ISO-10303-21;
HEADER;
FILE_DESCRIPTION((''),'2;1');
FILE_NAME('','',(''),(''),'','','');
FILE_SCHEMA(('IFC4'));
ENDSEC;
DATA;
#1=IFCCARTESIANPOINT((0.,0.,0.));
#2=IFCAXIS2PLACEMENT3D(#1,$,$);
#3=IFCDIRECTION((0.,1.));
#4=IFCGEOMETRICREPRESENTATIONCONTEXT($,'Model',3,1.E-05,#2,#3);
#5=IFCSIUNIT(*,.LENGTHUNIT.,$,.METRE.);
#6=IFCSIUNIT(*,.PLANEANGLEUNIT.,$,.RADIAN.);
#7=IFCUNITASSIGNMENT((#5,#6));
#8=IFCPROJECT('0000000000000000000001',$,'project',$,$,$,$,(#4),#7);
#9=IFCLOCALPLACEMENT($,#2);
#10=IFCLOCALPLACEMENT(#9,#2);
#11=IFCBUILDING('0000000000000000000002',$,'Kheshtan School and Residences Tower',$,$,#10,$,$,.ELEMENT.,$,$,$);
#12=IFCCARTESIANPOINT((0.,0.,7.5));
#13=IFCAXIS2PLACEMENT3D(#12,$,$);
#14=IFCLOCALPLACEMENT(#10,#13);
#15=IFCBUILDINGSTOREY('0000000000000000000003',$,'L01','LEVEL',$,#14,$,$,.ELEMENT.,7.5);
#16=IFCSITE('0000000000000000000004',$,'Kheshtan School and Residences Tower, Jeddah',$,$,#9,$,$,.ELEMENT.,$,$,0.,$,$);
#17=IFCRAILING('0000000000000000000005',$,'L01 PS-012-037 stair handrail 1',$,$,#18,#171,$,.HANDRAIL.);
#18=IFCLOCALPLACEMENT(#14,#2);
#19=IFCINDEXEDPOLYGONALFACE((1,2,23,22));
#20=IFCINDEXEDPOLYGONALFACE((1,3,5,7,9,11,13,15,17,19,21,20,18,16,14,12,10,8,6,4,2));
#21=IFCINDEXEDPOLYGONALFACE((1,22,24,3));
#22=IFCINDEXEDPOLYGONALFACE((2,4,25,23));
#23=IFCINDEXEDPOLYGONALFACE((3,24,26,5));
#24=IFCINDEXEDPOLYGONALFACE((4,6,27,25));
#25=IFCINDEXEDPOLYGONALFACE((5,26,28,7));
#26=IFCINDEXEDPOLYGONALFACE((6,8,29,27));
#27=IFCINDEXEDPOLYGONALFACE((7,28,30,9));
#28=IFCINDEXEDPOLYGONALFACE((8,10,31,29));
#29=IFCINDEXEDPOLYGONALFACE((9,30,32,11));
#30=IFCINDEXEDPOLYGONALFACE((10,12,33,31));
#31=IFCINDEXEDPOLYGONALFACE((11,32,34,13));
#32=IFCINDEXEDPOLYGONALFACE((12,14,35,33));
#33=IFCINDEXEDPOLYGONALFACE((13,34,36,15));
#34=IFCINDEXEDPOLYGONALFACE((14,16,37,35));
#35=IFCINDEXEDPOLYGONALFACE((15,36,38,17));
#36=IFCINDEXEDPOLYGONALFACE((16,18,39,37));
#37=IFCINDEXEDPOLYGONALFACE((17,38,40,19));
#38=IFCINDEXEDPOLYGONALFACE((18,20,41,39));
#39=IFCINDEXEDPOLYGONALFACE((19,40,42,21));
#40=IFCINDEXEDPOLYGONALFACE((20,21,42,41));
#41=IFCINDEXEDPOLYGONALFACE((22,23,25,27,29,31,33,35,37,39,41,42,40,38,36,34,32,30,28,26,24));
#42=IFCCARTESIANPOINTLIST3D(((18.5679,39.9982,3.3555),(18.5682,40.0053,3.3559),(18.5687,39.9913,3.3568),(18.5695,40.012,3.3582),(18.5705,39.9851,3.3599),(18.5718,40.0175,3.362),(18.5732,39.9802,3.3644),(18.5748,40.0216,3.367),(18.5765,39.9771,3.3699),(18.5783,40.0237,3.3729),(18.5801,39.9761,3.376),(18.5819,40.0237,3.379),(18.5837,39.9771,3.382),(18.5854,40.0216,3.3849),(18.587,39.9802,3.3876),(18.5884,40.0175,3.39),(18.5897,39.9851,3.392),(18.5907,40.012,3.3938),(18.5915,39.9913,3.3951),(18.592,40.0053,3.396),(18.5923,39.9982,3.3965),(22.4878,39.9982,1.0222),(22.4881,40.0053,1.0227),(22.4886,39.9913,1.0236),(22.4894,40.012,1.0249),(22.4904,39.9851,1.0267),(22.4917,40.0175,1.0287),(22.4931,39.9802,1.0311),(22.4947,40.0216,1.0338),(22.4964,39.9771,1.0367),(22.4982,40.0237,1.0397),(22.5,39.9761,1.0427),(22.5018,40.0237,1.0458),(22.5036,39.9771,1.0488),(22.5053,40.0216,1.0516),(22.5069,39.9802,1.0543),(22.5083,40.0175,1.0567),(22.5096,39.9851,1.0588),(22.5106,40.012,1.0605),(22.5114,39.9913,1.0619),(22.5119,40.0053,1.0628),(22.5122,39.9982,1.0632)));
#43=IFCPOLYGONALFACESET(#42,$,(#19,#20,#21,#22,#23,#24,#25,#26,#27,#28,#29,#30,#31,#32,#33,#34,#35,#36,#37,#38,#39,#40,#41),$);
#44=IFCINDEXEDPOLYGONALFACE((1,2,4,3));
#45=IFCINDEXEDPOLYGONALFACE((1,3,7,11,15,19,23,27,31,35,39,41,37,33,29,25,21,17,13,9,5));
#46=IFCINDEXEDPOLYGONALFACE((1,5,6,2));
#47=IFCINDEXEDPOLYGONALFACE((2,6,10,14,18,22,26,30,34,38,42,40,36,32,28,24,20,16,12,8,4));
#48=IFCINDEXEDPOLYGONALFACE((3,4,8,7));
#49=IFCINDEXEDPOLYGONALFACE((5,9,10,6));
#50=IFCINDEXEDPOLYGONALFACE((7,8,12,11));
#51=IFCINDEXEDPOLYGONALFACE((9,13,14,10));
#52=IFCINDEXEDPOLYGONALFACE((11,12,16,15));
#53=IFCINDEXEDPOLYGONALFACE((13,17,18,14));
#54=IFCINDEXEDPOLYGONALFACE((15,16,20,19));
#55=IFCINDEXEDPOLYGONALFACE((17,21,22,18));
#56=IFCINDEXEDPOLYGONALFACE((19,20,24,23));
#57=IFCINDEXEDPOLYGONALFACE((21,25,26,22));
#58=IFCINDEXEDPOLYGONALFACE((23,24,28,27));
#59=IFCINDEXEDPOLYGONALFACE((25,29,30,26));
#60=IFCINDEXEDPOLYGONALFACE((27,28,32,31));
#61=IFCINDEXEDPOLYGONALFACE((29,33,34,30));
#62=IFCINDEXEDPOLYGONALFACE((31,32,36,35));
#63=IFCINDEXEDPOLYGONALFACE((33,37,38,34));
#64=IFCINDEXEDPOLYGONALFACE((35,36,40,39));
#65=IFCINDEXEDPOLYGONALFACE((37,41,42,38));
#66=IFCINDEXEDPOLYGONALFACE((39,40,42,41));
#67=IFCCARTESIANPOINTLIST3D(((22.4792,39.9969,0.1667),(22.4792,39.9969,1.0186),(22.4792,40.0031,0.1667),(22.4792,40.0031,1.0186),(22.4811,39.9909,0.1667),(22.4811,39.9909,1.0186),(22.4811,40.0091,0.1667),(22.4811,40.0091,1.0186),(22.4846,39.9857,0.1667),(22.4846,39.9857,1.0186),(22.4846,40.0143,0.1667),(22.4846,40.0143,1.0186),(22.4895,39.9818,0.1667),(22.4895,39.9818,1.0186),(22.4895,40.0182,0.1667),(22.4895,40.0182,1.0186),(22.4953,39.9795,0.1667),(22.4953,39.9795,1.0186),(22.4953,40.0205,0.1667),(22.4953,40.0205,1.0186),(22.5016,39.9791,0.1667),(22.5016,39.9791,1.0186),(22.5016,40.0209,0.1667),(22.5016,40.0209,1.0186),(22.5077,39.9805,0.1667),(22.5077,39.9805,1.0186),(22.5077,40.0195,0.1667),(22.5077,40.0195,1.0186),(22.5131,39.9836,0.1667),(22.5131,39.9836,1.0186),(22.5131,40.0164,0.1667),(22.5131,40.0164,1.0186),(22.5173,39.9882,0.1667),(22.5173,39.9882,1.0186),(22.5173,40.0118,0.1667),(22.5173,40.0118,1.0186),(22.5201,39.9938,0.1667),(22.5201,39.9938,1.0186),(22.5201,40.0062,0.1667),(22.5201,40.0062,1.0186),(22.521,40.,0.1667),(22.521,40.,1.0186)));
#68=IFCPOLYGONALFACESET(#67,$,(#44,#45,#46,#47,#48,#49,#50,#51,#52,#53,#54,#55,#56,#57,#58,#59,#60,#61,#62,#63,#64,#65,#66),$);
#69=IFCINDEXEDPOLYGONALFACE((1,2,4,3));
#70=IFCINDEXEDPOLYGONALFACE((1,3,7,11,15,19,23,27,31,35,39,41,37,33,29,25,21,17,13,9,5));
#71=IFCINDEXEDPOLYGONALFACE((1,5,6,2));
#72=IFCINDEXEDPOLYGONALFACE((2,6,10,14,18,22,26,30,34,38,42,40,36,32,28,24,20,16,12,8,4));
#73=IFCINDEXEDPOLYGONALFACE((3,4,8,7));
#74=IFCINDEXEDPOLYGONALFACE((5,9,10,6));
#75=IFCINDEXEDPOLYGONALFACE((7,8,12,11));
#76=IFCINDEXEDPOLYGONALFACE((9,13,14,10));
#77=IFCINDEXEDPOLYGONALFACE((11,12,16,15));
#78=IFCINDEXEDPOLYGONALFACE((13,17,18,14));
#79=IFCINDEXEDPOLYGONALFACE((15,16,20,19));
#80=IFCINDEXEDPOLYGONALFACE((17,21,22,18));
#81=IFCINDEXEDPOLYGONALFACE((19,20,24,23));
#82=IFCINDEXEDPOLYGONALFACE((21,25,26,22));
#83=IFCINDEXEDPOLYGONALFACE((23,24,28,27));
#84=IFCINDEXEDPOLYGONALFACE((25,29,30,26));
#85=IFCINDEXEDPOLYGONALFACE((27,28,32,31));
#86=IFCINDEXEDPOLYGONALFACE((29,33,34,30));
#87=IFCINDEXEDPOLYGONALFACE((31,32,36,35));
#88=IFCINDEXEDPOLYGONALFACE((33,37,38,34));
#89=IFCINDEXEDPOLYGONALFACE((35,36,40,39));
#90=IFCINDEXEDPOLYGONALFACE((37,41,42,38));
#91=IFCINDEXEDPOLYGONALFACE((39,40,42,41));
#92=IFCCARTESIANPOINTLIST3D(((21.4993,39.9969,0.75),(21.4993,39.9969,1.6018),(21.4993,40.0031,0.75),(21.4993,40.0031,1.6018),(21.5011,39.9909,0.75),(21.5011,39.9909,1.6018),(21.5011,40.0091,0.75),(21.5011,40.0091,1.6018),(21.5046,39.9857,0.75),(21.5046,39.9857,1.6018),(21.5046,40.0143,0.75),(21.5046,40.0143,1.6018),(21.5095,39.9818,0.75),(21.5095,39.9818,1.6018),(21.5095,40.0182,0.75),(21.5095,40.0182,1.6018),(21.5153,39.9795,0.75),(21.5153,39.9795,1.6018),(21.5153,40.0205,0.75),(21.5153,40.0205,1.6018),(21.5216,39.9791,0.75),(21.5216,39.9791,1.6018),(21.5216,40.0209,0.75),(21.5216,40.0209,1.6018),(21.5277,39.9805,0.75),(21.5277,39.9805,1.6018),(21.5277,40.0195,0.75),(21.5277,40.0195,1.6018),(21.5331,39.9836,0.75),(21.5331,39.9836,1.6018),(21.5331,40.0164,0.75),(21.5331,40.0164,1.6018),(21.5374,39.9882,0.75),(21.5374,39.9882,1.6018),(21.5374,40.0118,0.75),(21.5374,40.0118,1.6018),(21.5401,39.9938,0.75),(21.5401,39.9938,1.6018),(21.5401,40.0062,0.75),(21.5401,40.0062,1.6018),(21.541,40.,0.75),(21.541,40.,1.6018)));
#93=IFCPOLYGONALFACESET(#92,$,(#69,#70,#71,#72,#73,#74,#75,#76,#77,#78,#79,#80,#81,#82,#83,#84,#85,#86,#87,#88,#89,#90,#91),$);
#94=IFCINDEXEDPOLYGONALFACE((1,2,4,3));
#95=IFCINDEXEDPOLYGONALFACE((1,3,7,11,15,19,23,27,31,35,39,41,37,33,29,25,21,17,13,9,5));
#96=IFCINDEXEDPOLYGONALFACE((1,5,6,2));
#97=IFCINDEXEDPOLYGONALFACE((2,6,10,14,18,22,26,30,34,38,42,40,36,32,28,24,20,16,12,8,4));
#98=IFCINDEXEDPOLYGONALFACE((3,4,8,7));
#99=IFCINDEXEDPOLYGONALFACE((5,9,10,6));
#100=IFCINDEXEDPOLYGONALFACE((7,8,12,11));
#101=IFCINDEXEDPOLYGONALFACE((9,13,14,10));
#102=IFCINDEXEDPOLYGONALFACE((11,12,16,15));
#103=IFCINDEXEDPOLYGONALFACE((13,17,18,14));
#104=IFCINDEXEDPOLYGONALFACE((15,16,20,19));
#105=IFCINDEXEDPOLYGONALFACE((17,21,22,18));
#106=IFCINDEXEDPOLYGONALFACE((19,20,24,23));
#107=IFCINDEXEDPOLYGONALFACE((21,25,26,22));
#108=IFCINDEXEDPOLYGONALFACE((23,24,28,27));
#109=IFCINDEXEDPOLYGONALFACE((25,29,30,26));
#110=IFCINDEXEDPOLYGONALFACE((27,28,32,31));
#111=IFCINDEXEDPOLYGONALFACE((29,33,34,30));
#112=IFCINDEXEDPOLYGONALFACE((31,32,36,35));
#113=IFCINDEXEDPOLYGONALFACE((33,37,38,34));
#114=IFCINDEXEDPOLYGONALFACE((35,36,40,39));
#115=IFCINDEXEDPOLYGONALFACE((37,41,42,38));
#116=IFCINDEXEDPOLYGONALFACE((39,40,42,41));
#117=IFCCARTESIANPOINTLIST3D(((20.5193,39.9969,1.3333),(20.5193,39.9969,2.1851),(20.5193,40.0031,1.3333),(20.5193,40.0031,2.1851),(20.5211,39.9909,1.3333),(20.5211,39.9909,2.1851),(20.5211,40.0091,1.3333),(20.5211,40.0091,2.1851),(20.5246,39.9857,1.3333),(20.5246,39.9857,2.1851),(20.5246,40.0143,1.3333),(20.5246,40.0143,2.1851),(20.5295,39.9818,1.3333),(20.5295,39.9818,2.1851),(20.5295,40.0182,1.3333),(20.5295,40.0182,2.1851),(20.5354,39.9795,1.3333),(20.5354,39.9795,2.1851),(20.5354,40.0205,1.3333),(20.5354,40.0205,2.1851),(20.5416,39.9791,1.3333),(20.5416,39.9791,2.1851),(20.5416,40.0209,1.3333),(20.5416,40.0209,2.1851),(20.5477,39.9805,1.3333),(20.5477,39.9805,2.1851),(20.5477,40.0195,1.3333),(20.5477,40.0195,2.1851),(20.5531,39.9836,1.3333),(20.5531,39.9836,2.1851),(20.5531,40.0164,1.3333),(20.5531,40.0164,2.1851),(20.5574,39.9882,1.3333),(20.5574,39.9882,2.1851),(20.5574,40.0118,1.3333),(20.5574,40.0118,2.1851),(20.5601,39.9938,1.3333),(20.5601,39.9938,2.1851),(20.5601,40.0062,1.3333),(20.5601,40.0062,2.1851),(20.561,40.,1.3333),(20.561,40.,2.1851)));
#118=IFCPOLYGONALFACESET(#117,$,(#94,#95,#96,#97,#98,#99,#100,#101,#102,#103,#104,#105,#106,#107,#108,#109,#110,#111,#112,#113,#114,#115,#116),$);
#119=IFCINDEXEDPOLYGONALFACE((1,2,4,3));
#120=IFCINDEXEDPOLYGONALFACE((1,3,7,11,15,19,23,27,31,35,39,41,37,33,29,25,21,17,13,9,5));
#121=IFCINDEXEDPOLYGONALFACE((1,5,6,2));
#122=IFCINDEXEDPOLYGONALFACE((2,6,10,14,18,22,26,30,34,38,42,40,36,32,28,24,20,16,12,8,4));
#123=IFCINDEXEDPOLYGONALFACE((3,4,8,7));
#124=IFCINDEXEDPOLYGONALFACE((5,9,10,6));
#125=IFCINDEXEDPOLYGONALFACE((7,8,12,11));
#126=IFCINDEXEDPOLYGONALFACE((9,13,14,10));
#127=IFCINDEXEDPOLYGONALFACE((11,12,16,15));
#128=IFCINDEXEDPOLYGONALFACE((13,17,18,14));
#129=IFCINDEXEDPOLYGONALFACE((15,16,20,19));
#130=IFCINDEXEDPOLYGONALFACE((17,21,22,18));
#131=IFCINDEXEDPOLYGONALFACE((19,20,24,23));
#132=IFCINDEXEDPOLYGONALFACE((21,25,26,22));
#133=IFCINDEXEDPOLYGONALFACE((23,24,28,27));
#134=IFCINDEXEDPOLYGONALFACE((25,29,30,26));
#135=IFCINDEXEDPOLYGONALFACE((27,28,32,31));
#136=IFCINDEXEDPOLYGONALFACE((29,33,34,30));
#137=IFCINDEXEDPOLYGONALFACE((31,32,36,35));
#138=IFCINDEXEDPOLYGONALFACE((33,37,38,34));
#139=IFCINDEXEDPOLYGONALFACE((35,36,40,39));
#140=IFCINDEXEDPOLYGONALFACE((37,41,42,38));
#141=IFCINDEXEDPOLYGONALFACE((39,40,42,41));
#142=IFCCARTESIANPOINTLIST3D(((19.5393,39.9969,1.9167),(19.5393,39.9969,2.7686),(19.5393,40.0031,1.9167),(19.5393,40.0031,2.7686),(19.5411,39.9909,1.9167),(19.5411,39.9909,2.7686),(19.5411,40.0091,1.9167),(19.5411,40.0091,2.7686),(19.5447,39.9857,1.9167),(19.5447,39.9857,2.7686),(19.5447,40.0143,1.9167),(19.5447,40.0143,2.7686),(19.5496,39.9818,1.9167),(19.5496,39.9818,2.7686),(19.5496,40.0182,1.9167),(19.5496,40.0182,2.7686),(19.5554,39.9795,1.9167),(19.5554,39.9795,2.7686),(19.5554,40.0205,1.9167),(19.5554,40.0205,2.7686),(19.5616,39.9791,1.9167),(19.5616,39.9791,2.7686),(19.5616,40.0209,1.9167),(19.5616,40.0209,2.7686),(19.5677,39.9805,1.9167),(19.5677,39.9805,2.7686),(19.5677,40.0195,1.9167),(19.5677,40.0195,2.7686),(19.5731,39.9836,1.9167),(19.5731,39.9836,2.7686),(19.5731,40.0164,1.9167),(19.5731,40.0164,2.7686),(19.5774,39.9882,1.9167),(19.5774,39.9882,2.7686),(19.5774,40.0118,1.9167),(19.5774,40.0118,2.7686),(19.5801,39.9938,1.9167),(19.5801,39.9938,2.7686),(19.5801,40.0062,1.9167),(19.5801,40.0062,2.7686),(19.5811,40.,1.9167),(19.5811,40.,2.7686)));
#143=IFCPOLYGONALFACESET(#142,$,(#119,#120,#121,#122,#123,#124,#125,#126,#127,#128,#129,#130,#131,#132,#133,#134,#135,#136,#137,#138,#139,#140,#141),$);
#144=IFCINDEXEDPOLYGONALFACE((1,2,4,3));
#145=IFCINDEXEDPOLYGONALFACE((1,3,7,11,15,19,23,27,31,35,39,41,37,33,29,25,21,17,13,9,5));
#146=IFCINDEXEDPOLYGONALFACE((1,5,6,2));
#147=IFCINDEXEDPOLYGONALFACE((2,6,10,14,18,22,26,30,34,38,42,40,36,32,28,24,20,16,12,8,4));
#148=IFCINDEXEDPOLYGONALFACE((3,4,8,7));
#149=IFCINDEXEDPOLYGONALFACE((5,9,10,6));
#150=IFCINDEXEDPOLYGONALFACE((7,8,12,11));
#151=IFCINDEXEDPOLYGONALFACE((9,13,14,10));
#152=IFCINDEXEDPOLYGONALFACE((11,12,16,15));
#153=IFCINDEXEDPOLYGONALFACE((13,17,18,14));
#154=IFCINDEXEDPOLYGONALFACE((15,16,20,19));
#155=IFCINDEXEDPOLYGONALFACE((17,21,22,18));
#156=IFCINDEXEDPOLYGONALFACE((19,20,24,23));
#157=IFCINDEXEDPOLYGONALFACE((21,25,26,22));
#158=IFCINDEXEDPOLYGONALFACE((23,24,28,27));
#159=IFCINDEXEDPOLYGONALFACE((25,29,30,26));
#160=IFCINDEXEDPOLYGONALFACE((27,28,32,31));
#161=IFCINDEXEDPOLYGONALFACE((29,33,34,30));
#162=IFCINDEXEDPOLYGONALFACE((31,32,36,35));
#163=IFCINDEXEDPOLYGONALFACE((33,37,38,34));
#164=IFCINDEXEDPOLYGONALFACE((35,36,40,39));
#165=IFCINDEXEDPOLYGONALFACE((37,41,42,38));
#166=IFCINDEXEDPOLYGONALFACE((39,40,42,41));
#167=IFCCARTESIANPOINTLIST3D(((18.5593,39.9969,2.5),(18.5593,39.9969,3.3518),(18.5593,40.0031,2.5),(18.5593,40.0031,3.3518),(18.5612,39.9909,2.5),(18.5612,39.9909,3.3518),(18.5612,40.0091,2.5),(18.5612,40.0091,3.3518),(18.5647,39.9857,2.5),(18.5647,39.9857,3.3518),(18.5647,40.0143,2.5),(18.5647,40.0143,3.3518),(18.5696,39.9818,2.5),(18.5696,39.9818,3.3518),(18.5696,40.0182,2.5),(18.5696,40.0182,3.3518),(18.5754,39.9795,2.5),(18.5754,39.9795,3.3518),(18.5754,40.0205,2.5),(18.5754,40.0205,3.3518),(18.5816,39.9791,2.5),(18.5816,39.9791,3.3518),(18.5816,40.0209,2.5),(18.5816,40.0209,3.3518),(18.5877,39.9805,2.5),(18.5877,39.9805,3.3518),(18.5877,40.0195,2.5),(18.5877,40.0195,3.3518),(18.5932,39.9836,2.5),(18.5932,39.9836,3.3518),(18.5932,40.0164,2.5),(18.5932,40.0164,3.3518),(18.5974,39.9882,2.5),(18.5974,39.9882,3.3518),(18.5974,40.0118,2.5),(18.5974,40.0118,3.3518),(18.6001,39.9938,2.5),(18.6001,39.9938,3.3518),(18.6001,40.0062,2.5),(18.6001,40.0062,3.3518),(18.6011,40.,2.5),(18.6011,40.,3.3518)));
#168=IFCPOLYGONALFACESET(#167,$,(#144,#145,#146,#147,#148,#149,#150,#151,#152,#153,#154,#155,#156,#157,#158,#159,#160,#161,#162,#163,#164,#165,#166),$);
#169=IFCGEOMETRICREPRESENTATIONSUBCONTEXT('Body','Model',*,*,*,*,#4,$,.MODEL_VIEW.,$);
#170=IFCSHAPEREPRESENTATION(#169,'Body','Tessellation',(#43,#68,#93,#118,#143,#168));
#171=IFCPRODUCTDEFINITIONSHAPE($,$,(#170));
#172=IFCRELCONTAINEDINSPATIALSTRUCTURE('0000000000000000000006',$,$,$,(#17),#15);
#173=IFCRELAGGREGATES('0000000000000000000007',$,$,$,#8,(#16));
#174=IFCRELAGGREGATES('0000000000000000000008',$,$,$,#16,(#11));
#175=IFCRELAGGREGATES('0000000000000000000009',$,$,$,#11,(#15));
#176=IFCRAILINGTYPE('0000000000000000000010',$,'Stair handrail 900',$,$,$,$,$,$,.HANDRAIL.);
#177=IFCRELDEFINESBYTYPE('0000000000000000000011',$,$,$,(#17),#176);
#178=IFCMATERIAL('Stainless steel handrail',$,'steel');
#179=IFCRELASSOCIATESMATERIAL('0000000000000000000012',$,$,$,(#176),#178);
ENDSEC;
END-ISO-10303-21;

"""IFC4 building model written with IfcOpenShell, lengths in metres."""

from ifc_helpers import new_model, si_unit, direction, frame, origin, origin_2d, place, context, subcontext, project, spatial, circle, extrude, material, type_object, element, save


model = new_model("IFC4")

# Units and contexts
model_context = context("Model", 3, precision=1e-05, world=origin(), true_north=direction((0.0, 1.0)))
body_context = subcontext(model_context, "Body", "Model", "MODEL_VIEW")
ifc_project = project(units=[si_unit("LENGTHUNIT", "METRE"), si_unit("PLANEANGLEUNIT", "RADIAN")], contexts=[model_context])

# Site, building, storey
site_placement = place(None, origin())
site = spatial("IfcSite", under=ifc_project, at=site_placement, Name="Kheshtan School and Residences Tower, Jeddah", CompositionType="ELEMENT", RefElevation=0.0)
building_placement = place(site_placement, origin())
building = spatial("IfcBuilding", under=site, at=building_placement, Name="Kheshtan School and Residences Tower", CompositionType="ELEMENT")
storey_placement = place(building_placement, frame((0.0, 0.0, 7.5)))
storey = spatial("IfcBuildingStorey", under=building, at=storey_placement, Name="L01", Description="LEVEL", CompositionType="ELEMENT", Elevation=7.5)

# Railing
ifc_material_1 = material(Name="Stainless steel handrail", Category="steel")
railing_type_1 = type_object("IfcRailingType", Name="Stair handrail 900", PredefinedType="HANDRAIL", material=ifc_material_1)
railing_1_placement = place(storey_placement, frame((22.5, 40.0, 0.1667)))
element("IfcRailing", 1, at=railing_1_placement, inside=storey, type_object=railing_type_1, Name="L01 PS-012-037 stair handrail 1", PredefinedType="HANDRAIL", context=body_context, shape_type="SweptSolid", body=[
    extrude(circle(Radius=0.0239, at=origin_2d()), frame((0.0, 0.0, 0.876), z_axis=(-0.859296, 0.0, 0.511478), x_axis=(0.0, -1.0, 0.0)), (0.0, 0.0, 1.0), 4.5618),
    extrude(circle(Radius=0.021, at=origin_2d()), origin(), (0.0, 0.0, 1.0), 0.8518),
    extrude(circle(Radius=0.021, at=origin_2d()), frame((-0.98, 0.0, 0.5833)), (0.0, 0.0, 1.0), 0.8518),
    extrude(circle(Radius=0.021, at=origin_2d()), frame((-1.96, 0.0, 1.1665)), (0.0, 0.0, 1.0), 0.8518),
    extrude(circle(Radius=0.021, at=origin_2d()), frame((-2.9399, 0.0, 1.75)), (0.0, 0.0, 1.0), 0.8518),
    extrude(circle(Radius=0.021, at=origin_2d()), frame((-3.9199, 0.0, 2.3333)), (0.0, 0.0, 1.0), 0.8518),
])

save(model, "model.ifc")
